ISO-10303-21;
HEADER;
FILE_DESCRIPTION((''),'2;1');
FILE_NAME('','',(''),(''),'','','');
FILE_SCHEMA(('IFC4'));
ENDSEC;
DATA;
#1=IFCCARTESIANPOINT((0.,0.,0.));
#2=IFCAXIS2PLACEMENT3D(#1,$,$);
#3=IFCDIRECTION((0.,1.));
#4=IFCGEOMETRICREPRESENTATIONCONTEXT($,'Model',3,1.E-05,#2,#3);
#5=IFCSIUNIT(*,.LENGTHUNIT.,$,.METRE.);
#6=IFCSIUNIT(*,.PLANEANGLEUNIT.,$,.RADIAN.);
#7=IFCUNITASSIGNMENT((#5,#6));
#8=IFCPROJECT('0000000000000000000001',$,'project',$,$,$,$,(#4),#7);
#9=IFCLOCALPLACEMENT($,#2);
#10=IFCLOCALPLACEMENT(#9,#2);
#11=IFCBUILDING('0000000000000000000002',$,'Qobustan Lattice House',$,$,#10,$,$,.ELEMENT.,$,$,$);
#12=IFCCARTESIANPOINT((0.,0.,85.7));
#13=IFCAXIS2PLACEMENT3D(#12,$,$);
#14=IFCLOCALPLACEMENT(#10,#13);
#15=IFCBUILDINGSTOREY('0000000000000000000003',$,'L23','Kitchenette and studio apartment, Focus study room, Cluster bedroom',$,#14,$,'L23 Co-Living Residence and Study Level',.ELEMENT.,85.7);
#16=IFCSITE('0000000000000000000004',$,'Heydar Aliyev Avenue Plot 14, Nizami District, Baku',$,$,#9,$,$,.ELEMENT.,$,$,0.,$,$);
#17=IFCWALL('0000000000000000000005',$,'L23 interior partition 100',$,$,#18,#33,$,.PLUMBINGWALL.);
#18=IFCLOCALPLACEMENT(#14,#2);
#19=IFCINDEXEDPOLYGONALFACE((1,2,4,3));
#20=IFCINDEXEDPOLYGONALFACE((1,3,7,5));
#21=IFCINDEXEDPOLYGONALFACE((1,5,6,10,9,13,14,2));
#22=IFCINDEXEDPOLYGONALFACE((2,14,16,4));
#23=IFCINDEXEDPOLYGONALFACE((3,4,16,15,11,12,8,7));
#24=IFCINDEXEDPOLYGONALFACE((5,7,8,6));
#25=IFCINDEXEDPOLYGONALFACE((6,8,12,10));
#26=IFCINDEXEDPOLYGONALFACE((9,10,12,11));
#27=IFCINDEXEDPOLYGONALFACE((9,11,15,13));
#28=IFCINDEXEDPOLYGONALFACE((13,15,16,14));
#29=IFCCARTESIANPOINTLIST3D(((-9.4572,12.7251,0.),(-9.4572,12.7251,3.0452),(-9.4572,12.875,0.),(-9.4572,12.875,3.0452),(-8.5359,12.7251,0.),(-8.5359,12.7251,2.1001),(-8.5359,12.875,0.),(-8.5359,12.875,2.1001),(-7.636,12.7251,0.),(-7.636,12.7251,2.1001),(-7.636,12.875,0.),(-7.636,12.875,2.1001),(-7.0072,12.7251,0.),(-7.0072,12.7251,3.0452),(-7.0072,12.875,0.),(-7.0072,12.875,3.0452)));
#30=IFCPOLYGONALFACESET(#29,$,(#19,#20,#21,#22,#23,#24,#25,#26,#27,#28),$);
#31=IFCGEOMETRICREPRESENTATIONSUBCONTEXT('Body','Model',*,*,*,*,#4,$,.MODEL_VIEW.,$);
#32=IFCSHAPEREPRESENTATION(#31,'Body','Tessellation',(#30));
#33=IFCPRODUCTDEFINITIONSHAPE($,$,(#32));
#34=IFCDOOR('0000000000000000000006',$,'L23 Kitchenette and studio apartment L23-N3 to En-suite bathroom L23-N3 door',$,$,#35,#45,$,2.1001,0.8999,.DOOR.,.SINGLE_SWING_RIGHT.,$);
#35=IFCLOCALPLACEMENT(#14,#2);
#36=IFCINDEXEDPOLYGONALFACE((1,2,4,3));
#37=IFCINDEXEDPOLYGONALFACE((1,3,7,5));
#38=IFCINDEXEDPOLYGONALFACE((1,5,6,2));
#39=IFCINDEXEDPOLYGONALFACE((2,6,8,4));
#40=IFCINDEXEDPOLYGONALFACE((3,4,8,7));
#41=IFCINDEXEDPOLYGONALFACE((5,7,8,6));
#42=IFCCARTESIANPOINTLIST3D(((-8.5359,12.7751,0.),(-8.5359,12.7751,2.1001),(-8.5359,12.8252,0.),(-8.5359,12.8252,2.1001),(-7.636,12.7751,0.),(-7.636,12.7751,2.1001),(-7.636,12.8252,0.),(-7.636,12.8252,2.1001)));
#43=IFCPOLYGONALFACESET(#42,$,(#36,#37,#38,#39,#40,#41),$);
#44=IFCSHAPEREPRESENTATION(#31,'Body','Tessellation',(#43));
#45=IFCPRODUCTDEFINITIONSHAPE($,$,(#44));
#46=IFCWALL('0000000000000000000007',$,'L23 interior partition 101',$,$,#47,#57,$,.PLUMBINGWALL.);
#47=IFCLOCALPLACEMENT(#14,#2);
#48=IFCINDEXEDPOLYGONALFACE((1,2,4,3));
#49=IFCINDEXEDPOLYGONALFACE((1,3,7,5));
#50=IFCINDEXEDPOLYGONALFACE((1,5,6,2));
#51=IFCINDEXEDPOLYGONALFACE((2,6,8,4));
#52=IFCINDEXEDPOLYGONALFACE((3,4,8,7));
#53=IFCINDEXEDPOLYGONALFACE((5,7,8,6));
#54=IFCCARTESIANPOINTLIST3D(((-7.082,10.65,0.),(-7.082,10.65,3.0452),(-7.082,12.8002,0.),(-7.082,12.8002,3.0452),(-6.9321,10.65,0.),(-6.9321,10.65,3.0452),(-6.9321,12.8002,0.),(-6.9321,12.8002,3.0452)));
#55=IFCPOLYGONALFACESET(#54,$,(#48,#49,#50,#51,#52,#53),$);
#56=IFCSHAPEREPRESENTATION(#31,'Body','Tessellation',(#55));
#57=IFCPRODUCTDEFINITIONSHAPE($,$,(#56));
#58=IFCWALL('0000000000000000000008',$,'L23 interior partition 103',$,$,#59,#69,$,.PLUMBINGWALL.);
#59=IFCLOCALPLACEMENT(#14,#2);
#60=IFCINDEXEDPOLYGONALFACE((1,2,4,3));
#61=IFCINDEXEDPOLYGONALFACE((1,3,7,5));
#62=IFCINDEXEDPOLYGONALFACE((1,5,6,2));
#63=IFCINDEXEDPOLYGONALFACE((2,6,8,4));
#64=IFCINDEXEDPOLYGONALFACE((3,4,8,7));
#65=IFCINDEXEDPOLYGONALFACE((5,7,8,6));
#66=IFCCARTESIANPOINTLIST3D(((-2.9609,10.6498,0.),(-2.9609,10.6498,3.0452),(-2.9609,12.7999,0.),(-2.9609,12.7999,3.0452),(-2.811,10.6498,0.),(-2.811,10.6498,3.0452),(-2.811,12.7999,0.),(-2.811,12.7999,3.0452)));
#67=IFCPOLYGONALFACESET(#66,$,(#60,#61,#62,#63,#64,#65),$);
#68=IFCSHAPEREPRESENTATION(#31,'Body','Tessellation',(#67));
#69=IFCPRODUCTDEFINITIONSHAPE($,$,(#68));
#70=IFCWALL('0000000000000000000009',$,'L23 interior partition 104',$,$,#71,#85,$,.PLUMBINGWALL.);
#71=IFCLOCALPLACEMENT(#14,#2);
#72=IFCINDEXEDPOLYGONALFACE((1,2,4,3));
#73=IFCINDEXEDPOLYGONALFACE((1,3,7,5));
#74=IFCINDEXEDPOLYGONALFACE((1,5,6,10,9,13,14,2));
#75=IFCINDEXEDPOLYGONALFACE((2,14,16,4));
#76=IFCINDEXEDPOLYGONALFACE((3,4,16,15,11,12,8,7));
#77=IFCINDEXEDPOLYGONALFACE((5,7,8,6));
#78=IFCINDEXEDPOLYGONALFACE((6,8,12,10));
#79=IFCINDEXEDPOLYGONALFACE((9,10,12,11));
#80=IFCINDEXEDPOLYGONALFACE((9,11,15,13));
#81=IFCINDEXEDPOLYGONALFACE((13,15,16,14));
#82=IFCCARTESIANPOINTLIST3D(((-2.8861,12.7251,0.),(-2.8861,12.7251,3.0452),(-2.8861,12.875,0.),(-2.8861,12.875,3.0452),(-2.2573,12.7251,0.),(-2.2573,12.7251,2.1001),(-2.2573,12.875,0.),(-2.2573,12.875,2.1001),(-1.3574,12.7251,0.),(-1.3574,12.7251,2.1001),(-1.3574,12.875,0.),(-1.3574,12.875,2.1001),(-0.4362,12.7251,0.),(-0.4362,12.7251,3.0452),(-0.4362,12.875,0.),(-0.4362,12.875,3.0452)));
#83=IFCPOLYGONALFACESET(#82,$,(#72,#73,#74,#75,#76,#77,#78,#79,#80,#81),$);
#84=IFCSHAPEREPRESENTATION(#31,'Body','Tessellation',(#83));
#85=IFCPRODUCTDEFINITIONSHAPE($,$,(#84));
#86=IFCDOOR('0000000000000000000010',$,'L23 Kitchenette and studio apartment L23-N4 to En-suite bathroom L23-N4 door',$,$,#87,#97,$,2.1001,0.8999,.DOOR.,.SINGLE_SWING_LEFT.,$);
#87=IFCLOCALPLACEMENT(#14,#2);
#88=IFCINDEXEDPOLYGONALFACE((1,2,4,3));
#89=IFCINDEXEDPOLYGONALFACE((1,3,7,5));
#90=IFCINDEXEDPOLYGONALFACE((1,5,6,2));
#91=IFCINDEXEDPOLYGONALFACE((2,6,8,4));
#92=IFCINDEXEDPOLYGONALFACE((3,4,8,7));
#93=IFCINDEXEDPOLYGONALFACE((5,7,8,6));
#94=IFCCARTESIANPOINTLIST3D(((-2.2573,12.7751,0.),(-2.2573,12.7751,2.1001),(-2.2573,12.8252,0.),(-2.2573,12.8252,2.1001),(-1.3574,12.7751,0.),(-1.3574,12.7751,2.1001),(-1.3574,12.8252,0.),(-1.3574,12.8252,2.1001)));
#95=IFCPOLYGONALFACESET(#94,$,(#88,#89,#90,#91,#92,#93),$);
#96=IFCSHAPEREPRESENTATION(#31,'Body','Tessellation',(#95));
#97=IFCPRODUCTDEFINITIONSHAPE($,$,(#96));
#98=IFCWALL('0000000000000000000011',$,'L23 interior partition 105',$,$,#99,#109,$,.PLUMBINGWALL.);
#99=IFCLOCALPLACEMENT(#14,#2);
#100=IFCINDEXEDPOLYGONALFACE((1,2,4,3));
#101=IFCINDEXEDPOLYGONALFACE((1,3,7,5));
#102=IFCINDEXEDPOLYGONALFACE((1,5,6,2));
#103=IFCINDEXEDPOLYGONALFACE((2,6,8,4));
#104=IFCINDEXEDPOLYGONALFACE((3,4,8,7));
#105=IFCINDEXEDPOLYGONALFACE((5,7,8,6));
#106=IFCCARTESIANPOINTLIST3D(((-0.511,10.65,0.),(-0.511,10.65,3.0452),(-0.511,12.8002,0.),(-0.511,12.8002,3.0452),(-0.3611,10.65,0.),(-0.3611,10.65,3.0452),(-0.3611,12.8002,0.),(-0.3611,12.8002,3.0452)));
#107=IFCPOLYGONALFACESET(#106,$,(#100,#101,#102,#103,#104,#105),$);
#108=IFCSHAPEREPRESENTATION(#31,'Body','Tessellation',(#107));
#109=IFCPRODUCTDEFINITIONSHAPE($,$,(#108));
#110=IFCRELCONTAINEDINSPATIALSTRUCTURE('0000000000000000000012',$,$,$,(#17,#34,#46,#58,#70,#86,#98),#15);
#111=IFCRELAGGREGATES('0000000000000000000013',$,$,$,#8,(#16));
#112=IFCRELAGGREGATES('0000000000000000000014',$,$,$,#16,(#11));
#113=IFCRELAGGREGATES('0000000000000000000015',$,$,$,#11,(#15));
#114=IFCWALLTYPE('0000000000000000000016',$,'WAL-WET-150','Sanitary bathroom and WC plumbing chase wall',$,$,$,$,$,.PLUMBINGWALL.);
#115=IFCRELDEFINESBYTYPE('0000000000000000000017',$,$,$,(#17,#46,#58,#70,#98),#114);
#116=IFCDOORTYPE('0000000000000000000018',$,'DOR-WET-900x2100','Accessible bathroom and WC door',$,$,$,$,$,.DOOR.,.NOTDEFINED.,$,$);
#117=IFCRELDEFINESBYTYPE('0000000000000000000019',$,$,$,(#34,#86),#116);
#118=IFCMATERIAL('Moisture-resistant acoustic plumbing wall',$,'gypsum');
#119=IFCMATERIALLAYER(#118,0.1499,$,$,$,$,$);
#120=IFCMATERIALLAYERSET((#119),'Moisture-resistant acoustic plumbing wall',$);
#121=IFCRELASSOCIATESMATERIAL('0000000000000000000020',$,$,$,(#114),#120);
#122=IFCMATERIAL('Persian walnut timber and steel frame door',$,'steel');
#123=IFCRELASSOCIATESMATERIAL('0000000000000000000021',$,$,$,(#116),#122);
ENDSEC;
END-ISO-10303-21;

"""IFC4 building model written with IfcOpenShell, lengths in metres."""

from ifc_helpers import new_model, si_unit, direction, frame, frame_2d, origin, place, context, subcontext, project, spatial, rectangle, extrude, material, layer, layer_set, type_object, element, fill, save


model = new_model("IFC4")

# Units and contexts
model_context = context("Model", 3, precision=1e-05, world=origin(), true_north=direction((0.0, 1.0)))
body_context = subcontext(model_context, "Body", "Model", "MODEL_VIEW")
ifc_project = project(units=[si_unit("LENGTHUNIT", "METRE"), si_unit("PLANEANGLEUNIT", "RADIAN")], contexts=[model_context])

# Site, building, storey
site_placement = place(None, origin())
site = spatial("IfcSite", under=ifc_project, at=site_placement, Name="Heydar Aliyev Avenue Plot 14, Nizami District, Baku", CompositionType="ELEMENT", RefElevation=0.0)
building_placement = place(site_placement, origin())
building = spatial("IfcBuilding", under=site, at=building_placement, Name="Qobustan Lattice House", CompositionType="ELEMENT")
storey_placement = place(building_placement, frame((0.0, 0.0, 85.7)))
storey = spatial("IfcBuildingStorey", under=building, at=storey_placement, Name="L23", Description="Kitchenette and studio apartment, Focus study room, Cluster bedroom", LongName="L23 Co-Living Residence and Study Level", CompositionType="ELEMENT", Elevation=85.7)

# Shared definitions
ifc_material_1 = material(Name="Moisture-resistant acoustic plumbing wall", Category="gypsum")
ifc_layer_1 = layer(ifc_material_1, 0.1499)
ifc_layer_set_1 = layer_set([ifc_layer_1], Name="Moisture-resistant acoustic plumbing wall")
wall_type_1 = type_object("IfcWallType", Name="WAL-WET-150", Description="Sanitary bathroom and WC plumbing chase wall", PredefinedType="PLUMBINGWALL", material=ifc_layer_set_1)

# Wall, opening, door
wall_1_placement = place(storey_placement, frame((-7.0071, 12.8, 0.0), z_axis=(0.0, 0.0, 1.0), x_axis=(-1.0, 0.0, 0.0)))
wall_1 = element("IfcWall", 1, at=wall_1_placement, inside=storey, type_object=wall_type_1, Name="L23 interior partition 100", PredefinedType="PLUMBINGWALL", context=body_context, shape_type="SweptSolid", body=[
    extrude(rectangle(XDim=2.45, YDim=0.1499, at=frame_2d((1.2251, 0.0))), origin(), (0.0, 0.0, 1.0), 3.0452),
])
opening_1_placement = place(wall_1_placement, frame((0.6289, 0.0, 0.0)))
opening_1 = element("IfcOpeningElement", 2, at=opening_1_placement, cuts=wall_1, PredefinedType="OPENING", context=body_context, shape_type="SweptSolid", body=[
    extrude(rectangle(XDim=0.8999, YDim=2.1001, at=frame_2d((0.45, 1.05))), frame((0.0, 0.085, 0.0), z_axis=(0.0, -1.0, 0.0), x_axis=(1.0, 0.0, 0.0)), (0.0, 0.0, 1.0), 0.1699),
])
ifc_material_2 = material(Name="Persian walnut timber and steel frame door", Category="steel")
door_type = type_object("IfcDoorType", Name="DOR-WET-900x2100", Description="Accessible bathroom and WC door", OperationType="NOTDEFINED", PredefinedType="DOOR", material=ifc_material_2)
door_1_placement = place(opening_1_placement, origin())
door_1 = element("IfcDoor", 3, at=door_1_placement, inside=storey, type_object=door_type, Name="L23 Kitchenette and studio apartment L23-N3 to En-suite bathroom L23-N3 door", OperationType="SINGLE_SWING_RIGHT", OverallHeight=2.1001, OverallWidth=0.8999, PredefinedType="DOOR", context=body_context, shape_type="SweptSolid", body=[
    extrude(rectangle(XDim=0.8999, YDim=2.1001, at=frame_2d((0.45, 1.05))), frame((0.0, 0.0249, 0.0), z_axis=(0.0, -1.0, 0.0), x_axis=(1.0, 0.0, 0.0)), (0.0, 0.0, 1.0), 0.05),
])
fill(opening_1, door_1)

# Walls
for number, where, z_axis, x_axis, name in (
    (4, (-7.0071, 10.6499, 0.0), (0.0, 0.0, 1.0), (0.0, 1.0, 0.0), "L23 interior partition 101"),
    (5, (-2.886, 12.8, 0.0), (0.0, 0.0, 1.0), (0.0, -1.0, 0.0), "L23 interior partition 103"),
):
    element("IfcWall", number, at=place(storey_placement, frame(where, z_axis=z_axis, x_axis=x_axis)), inside=storey, type_object=wall_type_1, Name=name, PredefinedType="PLUMBINGWALL", context=body_context, shape_type="SweptSolid", body=[
        extrude(rectangle(XDim=2.1501, YDim=0.1499, at=frame_2d((1.0752, 0.0))), origin(), (0.0, 0.0, 1.0), 3.0452),
    ])

# Wall, opening, door
wall_2_placement = place(storey_placement, frame((-0.436, 12.8, 0.0), z_axis=(0.0, 0.0, 1.0), x_axis=(-1.0, 0.0, 0.0)))
wall_2 = element("IfcWall", 6, at=wall_2_placement, inside=storey, type_object=wall_type_1, Name="L23 interior partition 104", PredefinedType="PLUMBINGWALL", context=body_context, shape_type="SweptSolid", body=[
    extrude(rectangle(XDim=2.45, YDim=0.1499, at=frame_2d((1.2251, 0.0))), origin(), (0.0, 0.0, 1.0), 3.0452),
])
opening_2_placement = place(wall_2_placement, frame((0.9214, 0.0, 0.0)))
opening_2 = element("IfcOpeningElement", 7, at=opening_2_placement, cuts=wall_2, PredefinedType="OPENING", context=body_context, shape_type="SweptSolid", body=[
    extrude(rectangle(XDim=0.8999, YDim=2.1001, at=frame_2d((0.45, 1.05))), frame((0.0, 0.085, 0.0), z_axis=(0.0, -1.0, 0.0), x_axis=(1.0, 0.0, 0.0)), (0.0, 0.0, 1.0), 0.1699),
])
door_2_placement = place(opening_2_placement, origin())
door_2 = element("IfcDoor", 8, at=door_2_placement, inside=storey, type_object=door_type, Name="L23 Kitchenette and studio apartment L23-N4 to En-suite bathroom L23-N4 door", OperationType="SINGLE_SWING_LEFT", OverallHeight=2.1001, OverallWidth=0.8999, PredefinedType="DOOR", context=body_context, shape_type="SweptSolid", body=[
    extrude(rectangle(XDim=0.8999, YDim=2.1001, at=frame_2d((0.45, 1.05))), frame((0.0, 0.0249, 0.0), z_axis=(0.0, -1.0, 0.0), x_axis=(1.0, 0.0, 0.0)), (0.0, 0.0, 1.0), 0.05),
])
fill(opening_2, door_2)

# Wall
wall_3_placement = place(storey_placement, frame((-0.436, 10.6499, 0.0), z_axis=(0.0, 0.0, 1.0), x_axis=(0.0, 1.0, 0.0)))
element("IfcWall", 9, at=wall_3_placement, inside=storey, type_object=wall_type_1, Name="L23 interior partition 105", PredefinedType="PLUMBINGWALL", context=body_context, shape_type="SweptSolid", body=[
    extrude(rectangle(XDim=2.1501, YDim=0.1499, at=frame_2d((1.0752, 0.0))), origin(), (0.0, 0.0, 1.0), 3.0452),
])

save(model, "model.ifc")
